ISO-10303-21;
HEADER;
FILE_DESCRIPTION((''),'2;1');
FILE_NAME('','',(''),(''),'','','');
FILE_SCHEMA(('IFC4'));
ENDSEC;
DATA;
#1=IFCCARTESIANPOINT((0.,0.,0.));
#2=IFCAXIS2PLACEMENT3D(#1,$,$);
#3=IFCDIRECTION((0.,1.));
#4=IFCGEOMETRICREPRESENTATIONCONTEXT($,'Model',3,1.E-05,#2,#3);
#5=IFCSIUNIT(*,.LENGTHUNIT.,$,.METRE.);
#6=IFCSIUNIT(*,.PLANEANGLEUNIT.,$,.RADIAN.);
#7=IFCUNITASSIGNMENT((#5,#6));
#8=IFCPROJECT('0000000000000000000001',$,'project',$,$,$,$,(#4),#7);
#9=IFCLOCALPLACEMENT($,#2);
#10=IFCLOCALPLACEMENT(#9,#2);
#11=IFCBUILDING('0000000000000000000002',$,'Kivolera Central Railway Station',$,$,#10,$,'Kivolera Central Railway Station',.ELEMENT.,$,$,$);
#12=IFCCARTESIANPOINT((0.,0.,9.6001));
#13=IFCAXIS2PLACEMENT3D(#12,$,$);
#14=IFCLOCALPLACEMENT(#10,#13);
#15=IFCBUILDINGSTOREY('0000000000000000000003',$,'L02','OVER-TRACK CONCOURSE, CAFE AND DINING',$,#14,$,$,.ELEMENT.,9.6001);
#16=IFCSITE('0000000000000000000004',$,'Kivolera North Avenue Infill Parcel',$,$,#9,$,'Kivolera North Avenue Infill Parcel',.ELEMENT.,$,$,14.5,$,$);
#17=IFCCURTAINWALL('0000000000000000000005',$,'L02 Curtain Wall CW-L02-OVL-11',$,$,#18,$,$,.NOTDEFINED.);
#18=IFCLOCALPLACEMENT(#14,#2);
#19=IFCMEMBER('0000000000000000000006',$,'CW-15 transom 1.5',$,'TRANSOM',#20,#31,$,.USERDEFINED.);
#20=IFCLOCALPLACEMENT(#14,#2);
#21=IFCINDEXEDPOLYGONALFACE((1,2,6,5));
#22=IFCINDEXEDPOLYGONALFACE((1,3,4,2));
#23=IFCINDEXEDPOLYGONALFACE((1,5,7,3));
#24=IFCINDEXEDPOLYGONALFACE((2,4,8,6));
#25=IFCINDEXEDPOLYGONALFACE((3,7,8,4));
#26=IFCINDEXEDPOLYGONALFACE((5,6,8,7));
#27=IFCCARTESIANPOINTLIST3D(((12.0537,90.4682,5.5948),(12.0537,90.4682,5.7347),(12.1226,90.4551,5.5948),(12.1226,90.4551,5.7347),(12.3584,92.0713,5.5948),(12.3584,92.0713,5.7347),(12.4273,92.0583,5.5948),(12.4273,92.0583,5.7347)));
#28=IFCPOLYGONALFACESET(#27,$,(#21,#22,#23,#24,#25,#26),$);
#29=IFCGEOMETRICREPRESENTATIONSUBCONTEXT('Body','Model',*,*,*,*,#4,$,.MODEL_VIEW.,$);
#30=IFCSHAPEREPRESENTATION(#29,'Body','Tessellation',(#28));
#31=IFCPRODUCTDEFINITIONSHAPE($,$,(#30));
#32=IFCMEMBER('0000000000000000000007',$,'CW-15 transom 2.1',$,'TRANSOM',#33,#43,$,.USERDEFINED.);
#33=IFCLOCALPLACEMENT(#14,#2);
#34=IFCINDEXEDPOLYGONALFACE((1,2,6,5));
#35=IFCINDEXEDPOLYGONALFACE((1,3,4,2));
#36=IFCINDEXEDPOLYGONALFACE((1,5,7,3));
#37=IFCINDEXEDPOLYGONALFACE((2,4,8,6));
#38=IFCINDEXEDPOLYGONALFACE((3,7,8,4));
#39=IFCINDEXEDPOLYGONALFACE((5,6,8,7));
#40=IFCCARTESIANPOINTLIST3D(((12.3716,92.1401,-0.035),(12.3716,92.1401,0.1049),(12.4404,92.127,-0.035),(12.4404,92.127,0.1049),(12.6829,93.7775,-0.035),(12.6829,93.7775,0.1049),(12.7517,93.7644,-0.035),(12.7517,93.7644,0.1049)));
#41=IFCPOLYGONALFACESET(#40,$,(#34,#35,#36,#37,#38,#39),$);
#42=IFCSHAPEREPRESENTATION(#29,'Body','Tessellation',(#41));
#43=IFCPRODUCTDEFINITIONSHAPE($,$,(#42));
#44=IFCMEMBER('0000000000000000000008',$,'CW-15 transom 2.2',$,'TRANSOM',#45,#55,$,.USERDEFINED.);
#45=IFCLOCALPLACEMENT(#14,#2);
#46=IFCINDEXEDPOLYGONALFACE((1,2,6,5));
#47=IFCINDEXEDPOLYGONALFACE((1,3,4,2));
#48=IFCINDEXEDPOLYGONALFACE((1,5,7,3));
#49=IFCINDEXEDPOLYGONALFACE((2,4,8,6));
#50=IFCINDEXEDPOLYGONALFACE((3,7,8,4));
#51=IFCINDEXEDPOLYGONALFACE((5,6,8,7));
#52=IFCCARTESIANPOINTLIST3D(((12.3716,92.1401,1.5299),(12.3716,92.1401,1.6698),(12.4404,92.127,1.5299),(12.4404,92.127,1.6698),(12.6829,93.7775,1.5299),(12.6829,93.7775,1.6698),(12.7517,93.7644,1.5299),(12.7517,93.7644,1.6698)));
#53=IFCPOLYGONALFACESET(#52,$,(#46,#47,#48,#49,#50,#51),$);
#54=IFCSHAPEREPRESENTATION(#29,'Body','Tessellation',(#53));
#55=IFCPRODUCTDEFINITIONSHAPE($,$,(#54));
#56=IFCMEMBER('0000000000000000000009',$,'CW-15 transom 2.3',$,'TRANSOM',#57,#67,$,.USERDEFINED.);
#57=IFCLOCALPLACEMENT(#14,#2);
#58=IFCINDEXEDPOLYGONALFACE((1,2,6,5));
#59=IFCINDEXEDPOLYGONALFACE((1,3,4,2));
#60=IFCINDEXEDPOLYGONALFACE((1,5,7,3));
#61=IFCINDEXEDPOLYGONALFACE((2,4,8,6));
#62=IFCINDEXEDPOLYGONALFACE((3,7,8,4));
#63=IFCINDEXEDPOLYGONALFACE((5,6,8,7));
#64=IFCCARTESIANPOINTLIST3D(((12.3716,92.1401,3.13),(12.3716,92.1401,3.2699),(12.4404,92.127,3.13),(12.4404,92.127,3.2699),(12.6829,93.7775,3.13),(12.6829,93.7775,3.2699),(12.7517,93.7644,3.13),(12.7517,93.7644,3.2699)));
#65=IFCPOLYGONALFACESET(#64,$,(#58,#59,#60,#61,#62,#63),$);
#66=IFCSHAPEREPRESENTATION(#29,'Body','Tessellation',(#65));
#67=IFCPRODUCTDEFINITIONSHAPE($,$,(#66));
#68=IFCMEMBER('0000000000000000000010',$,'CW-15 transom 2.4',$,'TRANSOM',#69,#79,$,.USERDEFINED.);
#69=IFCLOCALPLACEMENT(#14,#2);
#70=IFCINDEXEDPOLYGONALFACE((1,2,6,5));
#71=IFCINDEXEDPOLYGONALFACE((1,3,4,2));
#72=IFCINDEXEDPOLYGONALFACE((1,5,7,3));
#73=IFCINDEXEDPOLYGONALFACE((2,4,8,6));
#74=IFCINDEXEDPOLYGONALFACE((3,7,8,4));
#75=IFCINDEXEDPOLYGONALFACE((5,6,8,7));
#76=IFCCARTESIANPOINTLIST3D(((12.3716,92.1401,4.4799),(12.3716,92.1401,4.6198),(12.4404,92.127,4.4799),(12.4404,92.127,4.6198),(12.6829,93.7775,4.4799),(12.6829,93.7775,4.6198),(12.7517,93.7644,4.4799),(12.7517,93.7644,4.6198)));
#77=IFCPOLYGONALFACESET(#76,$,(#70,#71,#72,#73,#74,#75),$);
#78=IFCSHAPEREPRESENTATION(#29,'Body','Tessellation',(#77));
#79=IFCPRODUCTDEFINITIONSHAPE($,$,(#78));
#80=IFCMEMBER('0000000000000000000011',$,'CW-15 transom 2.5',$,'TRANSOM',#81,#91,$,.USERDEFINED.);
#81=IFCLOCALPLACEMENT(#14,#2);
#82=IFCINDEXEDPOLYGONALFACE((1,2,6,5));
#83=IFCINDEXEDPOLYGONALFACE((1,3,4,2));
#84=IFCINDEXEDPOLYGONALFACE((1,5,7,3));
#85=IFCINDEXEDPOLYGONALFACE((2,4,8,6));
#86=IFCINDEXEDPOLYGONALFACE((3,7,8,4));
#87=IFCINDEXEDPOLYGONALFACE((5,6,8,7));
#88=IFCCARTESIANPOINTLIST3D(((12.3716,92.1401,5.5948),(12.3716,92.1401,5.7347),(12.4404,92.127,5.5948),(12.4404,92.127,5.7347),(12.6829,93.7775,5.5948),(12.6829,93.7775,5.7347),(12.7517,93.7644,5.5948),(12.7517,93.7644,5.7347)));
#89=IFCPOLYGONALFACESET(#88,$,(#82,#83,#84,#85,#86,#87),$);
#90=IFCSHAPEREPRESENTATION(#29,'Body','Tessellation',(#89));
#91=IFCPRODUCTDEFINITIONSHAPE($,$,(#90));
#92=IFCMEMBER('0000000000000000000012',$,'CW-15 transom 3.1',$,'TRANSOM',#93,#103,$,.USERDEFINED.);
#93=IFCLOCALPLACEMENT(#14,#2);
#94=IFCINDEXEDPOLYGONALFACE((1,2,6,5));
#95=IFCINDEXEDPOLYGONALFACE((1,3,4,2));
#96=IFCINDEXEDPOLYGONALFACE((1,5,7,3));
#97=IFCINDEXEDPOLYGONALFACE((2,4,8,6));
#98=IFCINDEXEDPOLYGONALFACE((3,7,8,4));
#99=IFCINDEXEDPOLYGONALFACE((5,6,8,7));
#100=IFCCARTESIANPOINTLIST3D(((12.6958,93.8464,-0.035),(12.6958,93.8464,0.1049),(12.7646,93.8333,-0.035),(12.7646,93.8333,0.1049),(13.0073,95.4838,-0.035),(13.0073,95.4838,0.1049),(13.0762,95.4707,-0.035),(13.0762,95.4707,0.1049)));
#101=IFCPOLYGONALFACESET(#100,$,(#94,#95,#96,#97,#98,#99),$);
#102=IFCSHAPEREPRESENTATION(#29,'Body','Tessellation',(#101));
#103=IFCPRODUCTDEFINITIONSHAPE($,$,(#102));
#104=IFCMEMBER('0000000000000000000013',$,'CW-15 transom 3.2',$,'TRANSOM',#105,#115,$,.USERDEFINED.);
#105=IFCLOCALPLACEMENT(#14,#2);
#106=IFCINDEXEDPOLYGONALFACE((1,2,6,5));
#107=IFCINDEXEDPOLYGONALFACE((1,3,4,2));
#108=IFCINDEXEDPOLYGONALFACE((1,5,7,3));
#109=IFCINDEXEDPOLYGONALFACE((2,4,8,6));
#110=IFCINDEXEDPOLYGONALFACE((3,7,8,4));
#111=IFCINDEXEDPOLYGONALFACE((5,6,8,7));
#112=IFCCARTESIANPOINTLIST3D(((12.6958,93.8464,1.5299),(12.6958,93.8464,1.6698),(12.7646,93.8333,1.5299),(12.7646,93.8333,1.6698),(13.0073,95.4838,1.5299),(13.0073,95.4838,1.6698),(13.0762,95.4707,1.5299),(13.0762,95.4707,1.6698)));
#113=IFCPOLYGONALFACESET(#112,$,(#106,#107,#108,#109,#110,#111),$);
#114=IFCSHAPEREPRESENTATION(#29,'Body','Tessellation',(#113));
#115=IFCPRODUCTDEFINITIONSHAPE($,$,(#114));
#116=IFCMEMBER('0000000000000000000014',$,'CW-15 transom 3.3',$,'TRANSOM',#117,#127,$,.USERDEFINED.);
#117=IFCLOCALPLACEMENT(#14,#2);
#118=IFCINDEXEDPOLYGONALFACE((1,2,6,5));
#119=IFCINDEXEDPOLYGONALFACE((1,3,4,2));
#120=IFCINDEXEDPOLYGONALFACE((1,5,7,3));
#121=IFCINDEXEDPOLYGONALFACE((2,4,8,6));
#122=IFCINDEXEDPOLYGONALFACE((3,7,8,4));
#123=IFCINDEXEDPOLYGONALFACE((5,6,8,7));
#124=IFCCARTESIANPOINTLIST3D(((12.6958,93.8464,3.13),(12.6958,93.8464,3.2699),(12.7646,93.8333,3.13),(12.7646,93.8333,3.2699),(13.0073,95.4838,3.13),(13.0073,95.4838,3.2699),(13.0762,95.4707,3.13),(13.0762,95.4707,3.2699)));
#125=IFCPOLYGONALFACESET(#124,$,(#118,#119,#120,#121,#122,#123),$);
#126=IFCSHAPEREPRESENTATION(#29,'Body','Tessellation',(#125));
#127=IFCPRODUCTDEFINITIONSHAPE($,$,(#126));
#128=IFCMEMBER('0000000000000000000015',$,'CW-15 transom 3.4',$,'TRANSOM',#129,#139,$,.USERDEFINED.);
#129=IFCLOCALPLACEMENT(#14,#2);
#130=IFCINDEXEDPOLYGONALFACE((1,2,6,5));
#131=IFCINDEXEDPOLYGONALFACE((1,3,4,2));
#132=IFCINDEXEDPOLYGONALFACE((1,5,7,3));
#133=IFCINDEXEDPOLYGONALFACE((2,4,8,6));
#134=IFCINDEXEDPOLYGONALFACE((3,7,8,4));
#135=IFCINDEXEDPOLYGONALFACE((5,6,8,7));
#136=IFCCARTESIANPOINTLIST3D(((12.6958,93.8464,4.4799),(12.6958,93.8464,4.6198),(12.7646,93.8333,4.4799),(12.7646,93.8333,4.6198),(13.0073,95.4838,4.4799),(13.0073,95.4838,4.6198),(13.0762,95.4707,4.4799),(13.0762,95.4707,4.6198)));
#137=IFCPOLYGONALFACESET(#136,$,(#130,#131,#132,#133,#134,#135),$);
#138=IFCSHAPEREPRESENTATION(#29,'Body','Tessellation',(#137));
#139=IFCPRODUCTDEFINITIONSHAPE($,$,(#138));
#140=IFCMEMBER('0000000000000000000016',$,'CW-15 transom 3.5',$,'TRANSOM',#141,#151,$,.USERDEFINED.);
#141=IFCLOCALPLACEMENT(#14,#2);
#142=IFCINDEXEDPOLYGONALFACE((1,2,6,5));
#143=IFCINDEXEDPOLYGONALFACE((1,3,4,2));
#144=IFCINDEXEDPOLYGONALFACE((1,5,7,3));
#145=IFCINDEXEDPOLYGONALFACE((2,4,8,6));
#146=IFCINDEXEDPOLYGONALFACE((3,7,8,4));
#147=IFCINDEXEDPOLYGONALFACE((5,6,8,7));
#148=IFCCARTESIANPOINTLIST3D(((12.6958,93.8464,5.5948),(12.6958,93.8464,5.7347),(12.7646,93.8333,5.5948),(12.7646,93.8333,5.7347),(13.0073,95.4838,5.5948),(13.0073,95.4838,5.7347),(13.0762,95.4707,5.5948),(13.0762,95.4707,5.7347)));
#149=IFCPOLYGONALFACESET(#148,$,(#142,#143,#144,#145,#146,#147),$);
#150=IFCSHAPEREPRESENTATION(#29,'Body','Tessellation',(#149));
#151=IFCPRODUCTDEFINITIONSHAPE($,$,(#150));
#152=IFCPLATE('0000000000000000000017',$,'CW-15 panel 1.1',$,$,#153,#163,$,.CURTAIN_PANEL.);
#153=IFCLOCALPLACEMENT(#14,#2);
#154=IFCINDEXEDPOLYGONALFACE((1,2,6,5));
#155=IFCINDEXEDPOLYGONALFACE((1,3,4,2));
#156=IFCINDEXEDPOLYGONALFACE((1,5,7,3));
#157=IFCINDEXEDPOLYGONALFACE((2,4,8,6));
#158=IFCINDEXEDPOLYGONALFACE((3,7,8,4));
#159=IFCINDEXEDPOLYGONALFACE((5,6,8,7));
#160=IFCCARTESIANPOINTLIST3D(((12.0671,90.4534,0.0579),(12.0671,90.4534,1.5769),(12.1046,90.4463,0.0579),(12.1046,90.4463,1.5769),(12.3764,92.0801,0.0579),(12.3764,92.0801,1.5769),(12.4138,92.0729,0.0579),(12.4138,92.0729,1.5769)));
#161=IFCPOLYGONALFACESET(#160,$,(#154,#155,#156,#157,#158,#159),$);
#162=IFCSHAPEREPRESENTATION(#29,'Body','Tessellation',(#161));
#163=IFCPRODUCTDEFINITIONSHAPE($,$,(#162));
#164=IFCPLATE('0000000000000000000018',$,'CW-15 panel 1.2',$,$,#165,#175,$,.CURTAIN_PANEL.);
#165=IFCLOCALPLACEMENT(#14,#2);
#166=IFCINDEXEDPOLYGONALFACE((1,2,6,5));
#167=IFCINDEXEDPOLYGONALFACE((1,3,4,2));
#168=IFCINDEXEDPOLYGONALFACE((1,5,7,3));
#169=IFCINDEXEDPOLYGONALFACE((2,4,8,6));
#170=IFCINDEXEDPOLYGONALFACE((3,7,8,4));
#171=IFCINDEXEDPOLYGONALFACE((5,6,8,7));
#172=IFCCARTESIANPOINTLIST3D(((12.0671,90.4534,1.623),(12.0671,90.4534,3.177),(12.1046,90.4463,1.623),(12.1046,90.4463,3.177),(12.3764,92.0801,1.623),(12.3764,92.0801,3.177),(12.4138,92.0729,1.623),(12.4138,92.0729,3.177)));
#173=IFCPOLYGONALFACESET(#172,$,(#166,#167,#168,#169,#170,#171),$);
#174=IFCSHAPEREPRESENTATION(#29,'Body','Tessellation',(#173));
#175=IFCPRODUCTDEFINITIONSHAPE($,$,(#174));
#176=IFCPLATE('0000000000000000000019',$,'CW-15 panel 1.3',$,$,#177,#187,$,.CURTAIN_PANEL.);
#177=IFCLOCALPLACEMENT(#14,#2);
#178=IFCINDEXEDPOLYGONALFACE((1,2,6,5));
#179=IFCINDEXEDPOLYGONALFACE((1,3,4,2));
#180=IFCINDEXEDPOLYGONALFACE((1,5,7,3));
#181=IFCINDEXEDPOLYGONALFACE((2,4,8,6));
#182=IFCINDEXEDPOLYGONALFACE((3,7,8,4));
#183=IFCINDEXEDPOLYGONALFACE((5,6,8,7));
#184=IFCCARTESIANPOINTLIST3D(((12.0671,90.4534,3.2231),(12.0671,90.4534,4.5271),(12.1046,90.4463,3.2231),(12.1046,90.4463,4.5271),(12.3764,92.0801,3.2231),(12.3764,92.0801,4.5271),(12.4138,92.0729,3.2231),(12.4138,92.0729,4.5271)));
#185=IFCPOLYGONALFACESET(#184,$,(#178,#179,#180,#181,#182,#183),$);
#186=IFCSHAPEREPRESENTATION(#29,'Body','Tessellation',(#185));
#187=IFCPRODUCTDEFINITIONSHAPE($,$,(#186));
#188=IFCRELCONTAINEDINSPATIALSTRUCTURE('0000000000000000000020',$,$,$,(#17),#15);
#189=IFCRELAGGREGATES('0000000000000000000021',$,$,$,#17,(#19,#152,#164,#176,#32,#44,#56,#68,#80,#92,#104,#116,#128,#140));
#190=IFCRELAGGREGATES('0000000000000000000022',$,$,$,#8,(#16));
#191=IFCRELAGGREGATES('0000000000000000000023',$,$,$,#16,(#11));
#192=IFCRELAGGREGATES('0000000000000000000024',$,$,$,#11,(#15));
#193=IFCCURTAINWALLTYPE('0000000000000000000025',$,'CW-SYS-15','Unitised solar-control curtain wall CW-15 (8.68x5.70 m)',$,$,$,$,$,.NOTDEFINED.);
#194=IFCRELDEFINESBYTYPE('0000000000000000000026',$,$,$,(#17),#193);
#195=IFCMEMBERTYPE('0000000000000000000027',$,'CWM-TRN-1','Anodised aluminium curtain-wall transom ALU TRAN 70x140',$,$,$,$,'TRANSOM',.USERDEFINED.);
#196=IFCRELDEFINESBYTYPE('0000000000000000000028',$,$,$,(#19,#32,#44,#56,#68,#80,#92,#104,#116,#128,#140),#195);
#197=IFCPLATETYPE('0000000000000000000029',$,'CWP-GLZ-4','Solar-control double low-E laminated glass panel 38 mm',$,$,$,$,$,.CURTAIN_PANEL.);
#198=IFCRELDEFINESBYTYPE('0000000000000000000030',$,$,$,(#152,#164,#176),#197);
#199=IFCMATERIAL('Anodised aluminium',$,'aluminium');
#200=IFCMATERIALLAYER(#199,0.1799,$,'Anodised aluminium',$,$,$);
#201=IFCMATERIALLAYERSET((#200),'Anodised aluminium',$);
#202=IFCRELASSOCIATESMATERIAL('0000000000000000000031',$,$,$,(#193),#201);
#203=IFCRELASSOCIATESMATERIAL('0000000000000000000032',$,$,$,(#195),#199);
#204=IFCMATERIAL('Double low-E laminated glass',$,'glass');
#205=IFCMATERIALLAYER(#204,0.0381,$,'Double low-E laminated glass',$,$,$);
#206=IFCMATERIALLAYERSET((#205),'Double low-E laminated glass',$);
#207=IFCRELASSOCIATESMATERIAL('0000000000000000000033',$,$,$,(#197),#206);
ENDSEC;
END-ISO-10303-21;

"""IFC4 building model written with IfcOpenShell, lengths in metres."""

from ifc_helpers import new_model, si_unit, direction, frame, origin, origin_2d, place, context, subcontext, project, spatial, rectangle, extrude, material, layer, layer_set, material_profile, profile_set, type_object, element, aggregate, save


model = new_model("IFC4")

# Units and contexts
model_context = context("Model", 3, precision=1e-05, world=origin(), true_north=direction((0.0, 1.0)))
body_context = subcontext(model_context, "Body", "Model", "MODEL_VIEW")
ifc_project = project(units=[si_unit("LENGTHUNIT", "METRE"), si_unit("PLANEANGLEUNIT", "RADIAN")], contexts=[model_context])

# Site, building, storey
site_placement = place(None, origin())
site = spatial("IfcSite", under=ifc_project, at=site_placement, Name="Kivolera North Avenue Infill Parcel", LongName="Kivolera North Avenue Infill Parcel", CompositionType="ELEMENT", RefElevation=14.5)
building_placement = place(site_placement, origin())
building = spatial("IfcBuilding", under=site, at=building_placement, Name="Kivolera Central Railway Station", LongName="Kivolera Central Railway Station", CompositionType="ELEMENT")
storey_placement = place(building_placement, frame((0.0, 0.0, 9.6001)))
storey = spatial("IfcBuildingStorey", under=building, at=storey_placement, Name="L02", Description="OVER-TRACK CONCOURSE, CAFE AND DINING", CompositionType="ELEMENT", Elevation=9.6001)

# Curtain wall, members, plates
ifc_material_1 = material(Name="Anodised aluminium", Category="aluminium")
ifc_layer_1 = layer(ifc_material_1, 0.1799, Name="Anodised aluminium")
ifc_layer_set_1 = layer_set([ifc_layer_1], Name="Anodised aluminium")
curtain_wall_type = type_object("IfcCurtainWallType", Name="CW-SYS-15", Description="Unitised solar-control curtain wall CW-15 (8.68x5.70 m)", PredefinedType="NOTDEFINED", material=ifc_layer_set_1)
curtain_wall_placement = place(storey_placement, origin())
curtain_wall = element("IfcCurtainWall", 1, at=curtain_wall_placement, inside=storey, type_object=curtain_wall_type, Name="L02 Curtain Wall CW-L02-OVL-11", PredefinedType="NOTDEFINED")
ifc_material_profile_1 = material_profile(ifc_material_1, rectangle(XDim=0.0701, YDim=0.1399, at=origin_2d()), Name="ALU TRAN 70x140")
ifc_profile_set_1 = profile_set([ifc_material_profile_1], Name="Anodised aluminium")
member_type_1 = type_object("IfcMemberType", Name="CWM-TRN-1", Description="Anodised aluminium curtain-wall transom ALU TRAN 70x140", ElementType="TRANSOM", PredefinedType="USERDEFINED", material=ifc_profile_set_1)
member_1_placement = place(storey_placement, frame((12.0881, 90.4617, 5.6648), z_axis=(0.186727, 0.982412, 0.0), x_axis=(-0.982412, 0.186727, 0.0)))
member_1 = element("IfcMember", 2, at=member_1_placement, type_object=member_type_1, Name="CW-15 transom 1.5", ObjectType="TRANSOM", PredefinedType="USERDEFINED", context=body_context, shape_type="SweptSolid", body=[
    extrude(rectangle(XDim=0.0701, YDim=0.1399, at=origin_2d()), origin(), (0.0, 0.0, 1.0), 1.6318),
])
member_2_placement = place(storey_placement, frame((12.406, 92.1335, 0.0349), z_axis=(0.186755, 0.982406, 0.0), x_axis=(-0.982406, 0.186755, 0.0)))
member_2 = element("IfcMember", 3, at=member_2_placement, type_object=member_type_1, Name="CW-15 transom 2.1", ObjectType="TRANSOM", PredefinedType="USERDEFINED", context=body_context, shape_type="SweptSolid", body=[
    extrude(rectangle(XDim=0.0701, YDim=0.1399, at=origin_2d()), origin(), (0.0, 0.0, 1.0), 1.6667),
])
member_3_placement = place(storey_placement, frame((12.406, 92.1335, 1.5999), z_axis=(0.186755, 0.982406, 0.0), x_axis=(-0.982406, 0.186755, 0.0)))
member_3 = element("IfcMember", 4, at=member_3_placement, type_object=member_type_1, Name="CW-15 transom 2.2", ObjectType="TRANSOM", PredefinedType="USERDEFINED", context=body_context, shape_type="SweptSolid", body=[
    extrude(rectangle(XDim=0.0701, YDim=0.1399, at=origin_2d()), origin(), (0.0, 0.0, 1.0), 1.6667),
])
member_4_placement = place(storey_placement, frame((12.406, 92.1335, 3.2), z_axis=(0.186755, 0.982406, 0.0), x_axis=(-0.982406, 0.186755, 0.0)))
member_4 = element("IfcMember", 5, at=member_4_placement, type_object=member_type_1, Name="CW-15 transom 2.3", ObjectType="TRANSOM", PredefinedType="USERDEFINED", context=body_context, shape_type="SweptSolid", body=[
    extrude(rectangle(XDim=0.0701, YDim=0.1399, at=origin_2d()), origin(), (0.0, 0.0, 1.0), 1.6667),
])
member_5_placement = place(storey_placement, frame((12.406, 92.1335, 4.5498), z_axis=(0.186755, 0.982406, 0.0), x_axis=(-0.982406, 0.186755, 0.0)))
member_5 = element("IfcMember", 6, at=member_5_placement, type_object=member_type_1, Name="CW-15 transom 2.4", ObjectType="TRANSOM", PredefinedType="USERDEFINED", context=body_context, shape_type="SweptSolid", body=[
    extrude(rectangle(XDim=0.0701, YDim=0.1399, at=origin_2d()), origin(), (0.0, 0.0, 1.0), 1.6667),
])
member_6_placement = place(storey_placement, frame((12.406, 92.1335, 5.6648), z_axis=(0.186755, 0.982406, 0.0), x_axis=(-0.982406, 0.186755, 0.0)))
member_6 = element("IfcMember", 7, at=member_6_placement, type_object=member_type_1, Name="CW-15 transom 2.5", ObjectType="TRANSOM", PredefinedType="USERDEFINED", context=body_context, shape_type="SweptSolid", body=[
    extrude(rectangle(XDim=0.0701, YDim=0.1399, at=origin_2d()), origin(), (0.0, 0.0, 1.0), 1.6667),
])
member_7_placement = place(storey_placement, frame((12.7302, 93.8398, 0.0349), z_axis=(0.186897, 0.98238, 0.0), x_axis=(-0.98238, 0.186897, 0.0)))
member_7 = element("IfcMember", 8, at=member_7_placement, type_object=member_type_1, Name="CW-15 transom 3.1", ObjectType="TRANSOM", PredefinedType="USERDEFINED", context=body_context, shape_type="SweptSolid", body=[
    extrude(rectangle(XDim=0.0701, YDim=0.1399, at=origin_2d()), origin(), (0.0, 0.0, 1.0), 1.6667),
])
member_8_placement = place(storey_placement, frame((12.7302, 93.8398, 1.5999), z_axis=(0.186897, 0.98238, 0.0), x_axis=(-0.98238, 0.186897, 0.0)))
member_8 = element("IfcMember", 9, at=member_8_placement, type_object=member_type_1, Name="CW-15 transom 3.2", ObjectType="TRANSOM", PredefinedType="USERDEFINED", context=body_context, shape_type="SweptSolid", body=[
    extrude(rectangle(XDim=0.0701, YDim=0.1399, at=origin_2d()), origin(), (0.0, 0.0, 1.0), 1.6667),
])
member_9_placement = place(storey_placement, frame((12.7302, 93.8398, 3.2), z_axis=(0.186897, 0.98238, 0.0), x_axis=(-0.98238, 0.186897, 0.0)))
member_9 = element("IfcMember", 10, at=member_9_placement, type_object=member_type_1, Name="CW-15 transom 3.3", ObjectType="TRANSOM", PredefinedType="USERDEFINED", context=body_context, shape_type="SweptSolid", body=[
    extrude(rectangle(XDim=0.0701, YDim=0.1399, at=origin_2d()), origin(), (0.0, 0.0, 1.0), 1.6667),
])
member_10_placement = place(storey_placement, frame((12.7302, 93.8398, 4.5498), z_axis=(0.186897, 0.98238, 0.0), x_axis=(-0.98238, 0.186897, 0.0)))
member_10 = element("IfcMember", 11, at=member_10_placement, type_object=member_type_1, Name="CW-15 transom 3.4", ObjectType="TRANSOM", PredefinedType="USERDEFINED", context=body_context, shape_type="SweptSolid", body=[
    extrude(rectangle(XDim=0.0701, YDim=0.1399, at=origin_2d()), origin(), (0.0, 0.0, 1.0), 1.6667),
])
member_11_placement = place(storey_placement, frame((12.7302, 93.8398, 5.6648), z_axis=(0.186897, 0.98238, 0.0), x_axis=(-0.98238, 0.186897, 0.0)))
member_11 = element("IfcMember", 12, at=member_11_placement, type_object=member_type_1, Name="CW-15 transom 3.5", ObjectType="TRANSOM", PredefinedType="USERDEFINED", context=body_context, shape_type="SweptSolid", body=[
    extrude(rectangle(XDim=0.0701, YDim=0.1399, at=origin_2d()), origin(), (0.0, 0.0, 1.0), 1.6667),
])
ifc_material_2 = material(Name="Double low-E laminated glass", Category="glass")
ifc_layer_2 = layer(ifc_material_2, 0.0381, Name="Double low-E laminated glass")
ifc_layer_set_2 = layer_set([ifc_layer_2], Name="Double low-E laminated glass")
plate_type = type_object("IfcPlateType", Name="CWP-GLZ-4", Description="Solar-control double low-E laminated glass panel 38 mm", PredefinedType="CURTAIN_PANEL", material=ifc_layer_set_2)
plate_1_placement = place(storey_placement, frame((12.2405, 91.2632, 0.0579), z_axis=(0.0, 0.0, 1.0), x_axis=(0.186784, 0.982401, 0.0)))
plate_1 = element("IfcPlate", 13, at=plate_1_placement, type_object=plate_type, Name="CW-15 panel 1.1", PredefinedType="CURTAIN_PANEL", context=body_context, shape_type="SweptSolid", body=[
    extrude(rectangle(XDim=1.6558, YDim=0.0381, at=origin_2d()), origin(), (0.0, 0.0, 1.0), 1.519),
])
plate_2_placement = place(storey_placement, frame((12.2405, 91.2632, 1.623), z_axis=(0.0, 0.0, 1.0), x_axis=(0.186784, 0.982401, 0.0)))
plate_2 = element("IfcPlate", 14, at=plate_2_placement, type_object=plate_type, Name="CW-15 panel 1.2", PredefinedType="CURTAIN_PANEL", context=body_context, shape_type="SweptSolid", body=[
    extrude(rectangle(XDim=1.6558, YDim=0.0381, at=origin_2d()), origin(), (0.0, 0.0, 1.0), 1.554),
])
plate_3_placement = place(storey_placement, frame((12.2405, 91.2632, 3.2231), z_axis=(0.0, 0.0, 1.0), x_axis=(0.186784, 0.982401, 0.0)))
plate_3 = element("IfcPlate", 15, at=plate_3_placement, type_object=plate_type, Name="CW-15 panel 1.3", PredefinedType="CURTAIN_PANEL", context=body_context, shape_type="SweptSolid", body=[
    extrude(rectangle(XDim=1.6558, YDim=0.0381, at=origin_2d()), origin(), (0.0, 0.0, 1.0), 1.304),
])
aggregate(curtain_wall, [member_1, plate_1, plate_2, plate_3, member_2, member_3, member_4, member_5, member_6, member_7, member_8, member_9, member_10, member_11])

save(model, "model.ifc")
